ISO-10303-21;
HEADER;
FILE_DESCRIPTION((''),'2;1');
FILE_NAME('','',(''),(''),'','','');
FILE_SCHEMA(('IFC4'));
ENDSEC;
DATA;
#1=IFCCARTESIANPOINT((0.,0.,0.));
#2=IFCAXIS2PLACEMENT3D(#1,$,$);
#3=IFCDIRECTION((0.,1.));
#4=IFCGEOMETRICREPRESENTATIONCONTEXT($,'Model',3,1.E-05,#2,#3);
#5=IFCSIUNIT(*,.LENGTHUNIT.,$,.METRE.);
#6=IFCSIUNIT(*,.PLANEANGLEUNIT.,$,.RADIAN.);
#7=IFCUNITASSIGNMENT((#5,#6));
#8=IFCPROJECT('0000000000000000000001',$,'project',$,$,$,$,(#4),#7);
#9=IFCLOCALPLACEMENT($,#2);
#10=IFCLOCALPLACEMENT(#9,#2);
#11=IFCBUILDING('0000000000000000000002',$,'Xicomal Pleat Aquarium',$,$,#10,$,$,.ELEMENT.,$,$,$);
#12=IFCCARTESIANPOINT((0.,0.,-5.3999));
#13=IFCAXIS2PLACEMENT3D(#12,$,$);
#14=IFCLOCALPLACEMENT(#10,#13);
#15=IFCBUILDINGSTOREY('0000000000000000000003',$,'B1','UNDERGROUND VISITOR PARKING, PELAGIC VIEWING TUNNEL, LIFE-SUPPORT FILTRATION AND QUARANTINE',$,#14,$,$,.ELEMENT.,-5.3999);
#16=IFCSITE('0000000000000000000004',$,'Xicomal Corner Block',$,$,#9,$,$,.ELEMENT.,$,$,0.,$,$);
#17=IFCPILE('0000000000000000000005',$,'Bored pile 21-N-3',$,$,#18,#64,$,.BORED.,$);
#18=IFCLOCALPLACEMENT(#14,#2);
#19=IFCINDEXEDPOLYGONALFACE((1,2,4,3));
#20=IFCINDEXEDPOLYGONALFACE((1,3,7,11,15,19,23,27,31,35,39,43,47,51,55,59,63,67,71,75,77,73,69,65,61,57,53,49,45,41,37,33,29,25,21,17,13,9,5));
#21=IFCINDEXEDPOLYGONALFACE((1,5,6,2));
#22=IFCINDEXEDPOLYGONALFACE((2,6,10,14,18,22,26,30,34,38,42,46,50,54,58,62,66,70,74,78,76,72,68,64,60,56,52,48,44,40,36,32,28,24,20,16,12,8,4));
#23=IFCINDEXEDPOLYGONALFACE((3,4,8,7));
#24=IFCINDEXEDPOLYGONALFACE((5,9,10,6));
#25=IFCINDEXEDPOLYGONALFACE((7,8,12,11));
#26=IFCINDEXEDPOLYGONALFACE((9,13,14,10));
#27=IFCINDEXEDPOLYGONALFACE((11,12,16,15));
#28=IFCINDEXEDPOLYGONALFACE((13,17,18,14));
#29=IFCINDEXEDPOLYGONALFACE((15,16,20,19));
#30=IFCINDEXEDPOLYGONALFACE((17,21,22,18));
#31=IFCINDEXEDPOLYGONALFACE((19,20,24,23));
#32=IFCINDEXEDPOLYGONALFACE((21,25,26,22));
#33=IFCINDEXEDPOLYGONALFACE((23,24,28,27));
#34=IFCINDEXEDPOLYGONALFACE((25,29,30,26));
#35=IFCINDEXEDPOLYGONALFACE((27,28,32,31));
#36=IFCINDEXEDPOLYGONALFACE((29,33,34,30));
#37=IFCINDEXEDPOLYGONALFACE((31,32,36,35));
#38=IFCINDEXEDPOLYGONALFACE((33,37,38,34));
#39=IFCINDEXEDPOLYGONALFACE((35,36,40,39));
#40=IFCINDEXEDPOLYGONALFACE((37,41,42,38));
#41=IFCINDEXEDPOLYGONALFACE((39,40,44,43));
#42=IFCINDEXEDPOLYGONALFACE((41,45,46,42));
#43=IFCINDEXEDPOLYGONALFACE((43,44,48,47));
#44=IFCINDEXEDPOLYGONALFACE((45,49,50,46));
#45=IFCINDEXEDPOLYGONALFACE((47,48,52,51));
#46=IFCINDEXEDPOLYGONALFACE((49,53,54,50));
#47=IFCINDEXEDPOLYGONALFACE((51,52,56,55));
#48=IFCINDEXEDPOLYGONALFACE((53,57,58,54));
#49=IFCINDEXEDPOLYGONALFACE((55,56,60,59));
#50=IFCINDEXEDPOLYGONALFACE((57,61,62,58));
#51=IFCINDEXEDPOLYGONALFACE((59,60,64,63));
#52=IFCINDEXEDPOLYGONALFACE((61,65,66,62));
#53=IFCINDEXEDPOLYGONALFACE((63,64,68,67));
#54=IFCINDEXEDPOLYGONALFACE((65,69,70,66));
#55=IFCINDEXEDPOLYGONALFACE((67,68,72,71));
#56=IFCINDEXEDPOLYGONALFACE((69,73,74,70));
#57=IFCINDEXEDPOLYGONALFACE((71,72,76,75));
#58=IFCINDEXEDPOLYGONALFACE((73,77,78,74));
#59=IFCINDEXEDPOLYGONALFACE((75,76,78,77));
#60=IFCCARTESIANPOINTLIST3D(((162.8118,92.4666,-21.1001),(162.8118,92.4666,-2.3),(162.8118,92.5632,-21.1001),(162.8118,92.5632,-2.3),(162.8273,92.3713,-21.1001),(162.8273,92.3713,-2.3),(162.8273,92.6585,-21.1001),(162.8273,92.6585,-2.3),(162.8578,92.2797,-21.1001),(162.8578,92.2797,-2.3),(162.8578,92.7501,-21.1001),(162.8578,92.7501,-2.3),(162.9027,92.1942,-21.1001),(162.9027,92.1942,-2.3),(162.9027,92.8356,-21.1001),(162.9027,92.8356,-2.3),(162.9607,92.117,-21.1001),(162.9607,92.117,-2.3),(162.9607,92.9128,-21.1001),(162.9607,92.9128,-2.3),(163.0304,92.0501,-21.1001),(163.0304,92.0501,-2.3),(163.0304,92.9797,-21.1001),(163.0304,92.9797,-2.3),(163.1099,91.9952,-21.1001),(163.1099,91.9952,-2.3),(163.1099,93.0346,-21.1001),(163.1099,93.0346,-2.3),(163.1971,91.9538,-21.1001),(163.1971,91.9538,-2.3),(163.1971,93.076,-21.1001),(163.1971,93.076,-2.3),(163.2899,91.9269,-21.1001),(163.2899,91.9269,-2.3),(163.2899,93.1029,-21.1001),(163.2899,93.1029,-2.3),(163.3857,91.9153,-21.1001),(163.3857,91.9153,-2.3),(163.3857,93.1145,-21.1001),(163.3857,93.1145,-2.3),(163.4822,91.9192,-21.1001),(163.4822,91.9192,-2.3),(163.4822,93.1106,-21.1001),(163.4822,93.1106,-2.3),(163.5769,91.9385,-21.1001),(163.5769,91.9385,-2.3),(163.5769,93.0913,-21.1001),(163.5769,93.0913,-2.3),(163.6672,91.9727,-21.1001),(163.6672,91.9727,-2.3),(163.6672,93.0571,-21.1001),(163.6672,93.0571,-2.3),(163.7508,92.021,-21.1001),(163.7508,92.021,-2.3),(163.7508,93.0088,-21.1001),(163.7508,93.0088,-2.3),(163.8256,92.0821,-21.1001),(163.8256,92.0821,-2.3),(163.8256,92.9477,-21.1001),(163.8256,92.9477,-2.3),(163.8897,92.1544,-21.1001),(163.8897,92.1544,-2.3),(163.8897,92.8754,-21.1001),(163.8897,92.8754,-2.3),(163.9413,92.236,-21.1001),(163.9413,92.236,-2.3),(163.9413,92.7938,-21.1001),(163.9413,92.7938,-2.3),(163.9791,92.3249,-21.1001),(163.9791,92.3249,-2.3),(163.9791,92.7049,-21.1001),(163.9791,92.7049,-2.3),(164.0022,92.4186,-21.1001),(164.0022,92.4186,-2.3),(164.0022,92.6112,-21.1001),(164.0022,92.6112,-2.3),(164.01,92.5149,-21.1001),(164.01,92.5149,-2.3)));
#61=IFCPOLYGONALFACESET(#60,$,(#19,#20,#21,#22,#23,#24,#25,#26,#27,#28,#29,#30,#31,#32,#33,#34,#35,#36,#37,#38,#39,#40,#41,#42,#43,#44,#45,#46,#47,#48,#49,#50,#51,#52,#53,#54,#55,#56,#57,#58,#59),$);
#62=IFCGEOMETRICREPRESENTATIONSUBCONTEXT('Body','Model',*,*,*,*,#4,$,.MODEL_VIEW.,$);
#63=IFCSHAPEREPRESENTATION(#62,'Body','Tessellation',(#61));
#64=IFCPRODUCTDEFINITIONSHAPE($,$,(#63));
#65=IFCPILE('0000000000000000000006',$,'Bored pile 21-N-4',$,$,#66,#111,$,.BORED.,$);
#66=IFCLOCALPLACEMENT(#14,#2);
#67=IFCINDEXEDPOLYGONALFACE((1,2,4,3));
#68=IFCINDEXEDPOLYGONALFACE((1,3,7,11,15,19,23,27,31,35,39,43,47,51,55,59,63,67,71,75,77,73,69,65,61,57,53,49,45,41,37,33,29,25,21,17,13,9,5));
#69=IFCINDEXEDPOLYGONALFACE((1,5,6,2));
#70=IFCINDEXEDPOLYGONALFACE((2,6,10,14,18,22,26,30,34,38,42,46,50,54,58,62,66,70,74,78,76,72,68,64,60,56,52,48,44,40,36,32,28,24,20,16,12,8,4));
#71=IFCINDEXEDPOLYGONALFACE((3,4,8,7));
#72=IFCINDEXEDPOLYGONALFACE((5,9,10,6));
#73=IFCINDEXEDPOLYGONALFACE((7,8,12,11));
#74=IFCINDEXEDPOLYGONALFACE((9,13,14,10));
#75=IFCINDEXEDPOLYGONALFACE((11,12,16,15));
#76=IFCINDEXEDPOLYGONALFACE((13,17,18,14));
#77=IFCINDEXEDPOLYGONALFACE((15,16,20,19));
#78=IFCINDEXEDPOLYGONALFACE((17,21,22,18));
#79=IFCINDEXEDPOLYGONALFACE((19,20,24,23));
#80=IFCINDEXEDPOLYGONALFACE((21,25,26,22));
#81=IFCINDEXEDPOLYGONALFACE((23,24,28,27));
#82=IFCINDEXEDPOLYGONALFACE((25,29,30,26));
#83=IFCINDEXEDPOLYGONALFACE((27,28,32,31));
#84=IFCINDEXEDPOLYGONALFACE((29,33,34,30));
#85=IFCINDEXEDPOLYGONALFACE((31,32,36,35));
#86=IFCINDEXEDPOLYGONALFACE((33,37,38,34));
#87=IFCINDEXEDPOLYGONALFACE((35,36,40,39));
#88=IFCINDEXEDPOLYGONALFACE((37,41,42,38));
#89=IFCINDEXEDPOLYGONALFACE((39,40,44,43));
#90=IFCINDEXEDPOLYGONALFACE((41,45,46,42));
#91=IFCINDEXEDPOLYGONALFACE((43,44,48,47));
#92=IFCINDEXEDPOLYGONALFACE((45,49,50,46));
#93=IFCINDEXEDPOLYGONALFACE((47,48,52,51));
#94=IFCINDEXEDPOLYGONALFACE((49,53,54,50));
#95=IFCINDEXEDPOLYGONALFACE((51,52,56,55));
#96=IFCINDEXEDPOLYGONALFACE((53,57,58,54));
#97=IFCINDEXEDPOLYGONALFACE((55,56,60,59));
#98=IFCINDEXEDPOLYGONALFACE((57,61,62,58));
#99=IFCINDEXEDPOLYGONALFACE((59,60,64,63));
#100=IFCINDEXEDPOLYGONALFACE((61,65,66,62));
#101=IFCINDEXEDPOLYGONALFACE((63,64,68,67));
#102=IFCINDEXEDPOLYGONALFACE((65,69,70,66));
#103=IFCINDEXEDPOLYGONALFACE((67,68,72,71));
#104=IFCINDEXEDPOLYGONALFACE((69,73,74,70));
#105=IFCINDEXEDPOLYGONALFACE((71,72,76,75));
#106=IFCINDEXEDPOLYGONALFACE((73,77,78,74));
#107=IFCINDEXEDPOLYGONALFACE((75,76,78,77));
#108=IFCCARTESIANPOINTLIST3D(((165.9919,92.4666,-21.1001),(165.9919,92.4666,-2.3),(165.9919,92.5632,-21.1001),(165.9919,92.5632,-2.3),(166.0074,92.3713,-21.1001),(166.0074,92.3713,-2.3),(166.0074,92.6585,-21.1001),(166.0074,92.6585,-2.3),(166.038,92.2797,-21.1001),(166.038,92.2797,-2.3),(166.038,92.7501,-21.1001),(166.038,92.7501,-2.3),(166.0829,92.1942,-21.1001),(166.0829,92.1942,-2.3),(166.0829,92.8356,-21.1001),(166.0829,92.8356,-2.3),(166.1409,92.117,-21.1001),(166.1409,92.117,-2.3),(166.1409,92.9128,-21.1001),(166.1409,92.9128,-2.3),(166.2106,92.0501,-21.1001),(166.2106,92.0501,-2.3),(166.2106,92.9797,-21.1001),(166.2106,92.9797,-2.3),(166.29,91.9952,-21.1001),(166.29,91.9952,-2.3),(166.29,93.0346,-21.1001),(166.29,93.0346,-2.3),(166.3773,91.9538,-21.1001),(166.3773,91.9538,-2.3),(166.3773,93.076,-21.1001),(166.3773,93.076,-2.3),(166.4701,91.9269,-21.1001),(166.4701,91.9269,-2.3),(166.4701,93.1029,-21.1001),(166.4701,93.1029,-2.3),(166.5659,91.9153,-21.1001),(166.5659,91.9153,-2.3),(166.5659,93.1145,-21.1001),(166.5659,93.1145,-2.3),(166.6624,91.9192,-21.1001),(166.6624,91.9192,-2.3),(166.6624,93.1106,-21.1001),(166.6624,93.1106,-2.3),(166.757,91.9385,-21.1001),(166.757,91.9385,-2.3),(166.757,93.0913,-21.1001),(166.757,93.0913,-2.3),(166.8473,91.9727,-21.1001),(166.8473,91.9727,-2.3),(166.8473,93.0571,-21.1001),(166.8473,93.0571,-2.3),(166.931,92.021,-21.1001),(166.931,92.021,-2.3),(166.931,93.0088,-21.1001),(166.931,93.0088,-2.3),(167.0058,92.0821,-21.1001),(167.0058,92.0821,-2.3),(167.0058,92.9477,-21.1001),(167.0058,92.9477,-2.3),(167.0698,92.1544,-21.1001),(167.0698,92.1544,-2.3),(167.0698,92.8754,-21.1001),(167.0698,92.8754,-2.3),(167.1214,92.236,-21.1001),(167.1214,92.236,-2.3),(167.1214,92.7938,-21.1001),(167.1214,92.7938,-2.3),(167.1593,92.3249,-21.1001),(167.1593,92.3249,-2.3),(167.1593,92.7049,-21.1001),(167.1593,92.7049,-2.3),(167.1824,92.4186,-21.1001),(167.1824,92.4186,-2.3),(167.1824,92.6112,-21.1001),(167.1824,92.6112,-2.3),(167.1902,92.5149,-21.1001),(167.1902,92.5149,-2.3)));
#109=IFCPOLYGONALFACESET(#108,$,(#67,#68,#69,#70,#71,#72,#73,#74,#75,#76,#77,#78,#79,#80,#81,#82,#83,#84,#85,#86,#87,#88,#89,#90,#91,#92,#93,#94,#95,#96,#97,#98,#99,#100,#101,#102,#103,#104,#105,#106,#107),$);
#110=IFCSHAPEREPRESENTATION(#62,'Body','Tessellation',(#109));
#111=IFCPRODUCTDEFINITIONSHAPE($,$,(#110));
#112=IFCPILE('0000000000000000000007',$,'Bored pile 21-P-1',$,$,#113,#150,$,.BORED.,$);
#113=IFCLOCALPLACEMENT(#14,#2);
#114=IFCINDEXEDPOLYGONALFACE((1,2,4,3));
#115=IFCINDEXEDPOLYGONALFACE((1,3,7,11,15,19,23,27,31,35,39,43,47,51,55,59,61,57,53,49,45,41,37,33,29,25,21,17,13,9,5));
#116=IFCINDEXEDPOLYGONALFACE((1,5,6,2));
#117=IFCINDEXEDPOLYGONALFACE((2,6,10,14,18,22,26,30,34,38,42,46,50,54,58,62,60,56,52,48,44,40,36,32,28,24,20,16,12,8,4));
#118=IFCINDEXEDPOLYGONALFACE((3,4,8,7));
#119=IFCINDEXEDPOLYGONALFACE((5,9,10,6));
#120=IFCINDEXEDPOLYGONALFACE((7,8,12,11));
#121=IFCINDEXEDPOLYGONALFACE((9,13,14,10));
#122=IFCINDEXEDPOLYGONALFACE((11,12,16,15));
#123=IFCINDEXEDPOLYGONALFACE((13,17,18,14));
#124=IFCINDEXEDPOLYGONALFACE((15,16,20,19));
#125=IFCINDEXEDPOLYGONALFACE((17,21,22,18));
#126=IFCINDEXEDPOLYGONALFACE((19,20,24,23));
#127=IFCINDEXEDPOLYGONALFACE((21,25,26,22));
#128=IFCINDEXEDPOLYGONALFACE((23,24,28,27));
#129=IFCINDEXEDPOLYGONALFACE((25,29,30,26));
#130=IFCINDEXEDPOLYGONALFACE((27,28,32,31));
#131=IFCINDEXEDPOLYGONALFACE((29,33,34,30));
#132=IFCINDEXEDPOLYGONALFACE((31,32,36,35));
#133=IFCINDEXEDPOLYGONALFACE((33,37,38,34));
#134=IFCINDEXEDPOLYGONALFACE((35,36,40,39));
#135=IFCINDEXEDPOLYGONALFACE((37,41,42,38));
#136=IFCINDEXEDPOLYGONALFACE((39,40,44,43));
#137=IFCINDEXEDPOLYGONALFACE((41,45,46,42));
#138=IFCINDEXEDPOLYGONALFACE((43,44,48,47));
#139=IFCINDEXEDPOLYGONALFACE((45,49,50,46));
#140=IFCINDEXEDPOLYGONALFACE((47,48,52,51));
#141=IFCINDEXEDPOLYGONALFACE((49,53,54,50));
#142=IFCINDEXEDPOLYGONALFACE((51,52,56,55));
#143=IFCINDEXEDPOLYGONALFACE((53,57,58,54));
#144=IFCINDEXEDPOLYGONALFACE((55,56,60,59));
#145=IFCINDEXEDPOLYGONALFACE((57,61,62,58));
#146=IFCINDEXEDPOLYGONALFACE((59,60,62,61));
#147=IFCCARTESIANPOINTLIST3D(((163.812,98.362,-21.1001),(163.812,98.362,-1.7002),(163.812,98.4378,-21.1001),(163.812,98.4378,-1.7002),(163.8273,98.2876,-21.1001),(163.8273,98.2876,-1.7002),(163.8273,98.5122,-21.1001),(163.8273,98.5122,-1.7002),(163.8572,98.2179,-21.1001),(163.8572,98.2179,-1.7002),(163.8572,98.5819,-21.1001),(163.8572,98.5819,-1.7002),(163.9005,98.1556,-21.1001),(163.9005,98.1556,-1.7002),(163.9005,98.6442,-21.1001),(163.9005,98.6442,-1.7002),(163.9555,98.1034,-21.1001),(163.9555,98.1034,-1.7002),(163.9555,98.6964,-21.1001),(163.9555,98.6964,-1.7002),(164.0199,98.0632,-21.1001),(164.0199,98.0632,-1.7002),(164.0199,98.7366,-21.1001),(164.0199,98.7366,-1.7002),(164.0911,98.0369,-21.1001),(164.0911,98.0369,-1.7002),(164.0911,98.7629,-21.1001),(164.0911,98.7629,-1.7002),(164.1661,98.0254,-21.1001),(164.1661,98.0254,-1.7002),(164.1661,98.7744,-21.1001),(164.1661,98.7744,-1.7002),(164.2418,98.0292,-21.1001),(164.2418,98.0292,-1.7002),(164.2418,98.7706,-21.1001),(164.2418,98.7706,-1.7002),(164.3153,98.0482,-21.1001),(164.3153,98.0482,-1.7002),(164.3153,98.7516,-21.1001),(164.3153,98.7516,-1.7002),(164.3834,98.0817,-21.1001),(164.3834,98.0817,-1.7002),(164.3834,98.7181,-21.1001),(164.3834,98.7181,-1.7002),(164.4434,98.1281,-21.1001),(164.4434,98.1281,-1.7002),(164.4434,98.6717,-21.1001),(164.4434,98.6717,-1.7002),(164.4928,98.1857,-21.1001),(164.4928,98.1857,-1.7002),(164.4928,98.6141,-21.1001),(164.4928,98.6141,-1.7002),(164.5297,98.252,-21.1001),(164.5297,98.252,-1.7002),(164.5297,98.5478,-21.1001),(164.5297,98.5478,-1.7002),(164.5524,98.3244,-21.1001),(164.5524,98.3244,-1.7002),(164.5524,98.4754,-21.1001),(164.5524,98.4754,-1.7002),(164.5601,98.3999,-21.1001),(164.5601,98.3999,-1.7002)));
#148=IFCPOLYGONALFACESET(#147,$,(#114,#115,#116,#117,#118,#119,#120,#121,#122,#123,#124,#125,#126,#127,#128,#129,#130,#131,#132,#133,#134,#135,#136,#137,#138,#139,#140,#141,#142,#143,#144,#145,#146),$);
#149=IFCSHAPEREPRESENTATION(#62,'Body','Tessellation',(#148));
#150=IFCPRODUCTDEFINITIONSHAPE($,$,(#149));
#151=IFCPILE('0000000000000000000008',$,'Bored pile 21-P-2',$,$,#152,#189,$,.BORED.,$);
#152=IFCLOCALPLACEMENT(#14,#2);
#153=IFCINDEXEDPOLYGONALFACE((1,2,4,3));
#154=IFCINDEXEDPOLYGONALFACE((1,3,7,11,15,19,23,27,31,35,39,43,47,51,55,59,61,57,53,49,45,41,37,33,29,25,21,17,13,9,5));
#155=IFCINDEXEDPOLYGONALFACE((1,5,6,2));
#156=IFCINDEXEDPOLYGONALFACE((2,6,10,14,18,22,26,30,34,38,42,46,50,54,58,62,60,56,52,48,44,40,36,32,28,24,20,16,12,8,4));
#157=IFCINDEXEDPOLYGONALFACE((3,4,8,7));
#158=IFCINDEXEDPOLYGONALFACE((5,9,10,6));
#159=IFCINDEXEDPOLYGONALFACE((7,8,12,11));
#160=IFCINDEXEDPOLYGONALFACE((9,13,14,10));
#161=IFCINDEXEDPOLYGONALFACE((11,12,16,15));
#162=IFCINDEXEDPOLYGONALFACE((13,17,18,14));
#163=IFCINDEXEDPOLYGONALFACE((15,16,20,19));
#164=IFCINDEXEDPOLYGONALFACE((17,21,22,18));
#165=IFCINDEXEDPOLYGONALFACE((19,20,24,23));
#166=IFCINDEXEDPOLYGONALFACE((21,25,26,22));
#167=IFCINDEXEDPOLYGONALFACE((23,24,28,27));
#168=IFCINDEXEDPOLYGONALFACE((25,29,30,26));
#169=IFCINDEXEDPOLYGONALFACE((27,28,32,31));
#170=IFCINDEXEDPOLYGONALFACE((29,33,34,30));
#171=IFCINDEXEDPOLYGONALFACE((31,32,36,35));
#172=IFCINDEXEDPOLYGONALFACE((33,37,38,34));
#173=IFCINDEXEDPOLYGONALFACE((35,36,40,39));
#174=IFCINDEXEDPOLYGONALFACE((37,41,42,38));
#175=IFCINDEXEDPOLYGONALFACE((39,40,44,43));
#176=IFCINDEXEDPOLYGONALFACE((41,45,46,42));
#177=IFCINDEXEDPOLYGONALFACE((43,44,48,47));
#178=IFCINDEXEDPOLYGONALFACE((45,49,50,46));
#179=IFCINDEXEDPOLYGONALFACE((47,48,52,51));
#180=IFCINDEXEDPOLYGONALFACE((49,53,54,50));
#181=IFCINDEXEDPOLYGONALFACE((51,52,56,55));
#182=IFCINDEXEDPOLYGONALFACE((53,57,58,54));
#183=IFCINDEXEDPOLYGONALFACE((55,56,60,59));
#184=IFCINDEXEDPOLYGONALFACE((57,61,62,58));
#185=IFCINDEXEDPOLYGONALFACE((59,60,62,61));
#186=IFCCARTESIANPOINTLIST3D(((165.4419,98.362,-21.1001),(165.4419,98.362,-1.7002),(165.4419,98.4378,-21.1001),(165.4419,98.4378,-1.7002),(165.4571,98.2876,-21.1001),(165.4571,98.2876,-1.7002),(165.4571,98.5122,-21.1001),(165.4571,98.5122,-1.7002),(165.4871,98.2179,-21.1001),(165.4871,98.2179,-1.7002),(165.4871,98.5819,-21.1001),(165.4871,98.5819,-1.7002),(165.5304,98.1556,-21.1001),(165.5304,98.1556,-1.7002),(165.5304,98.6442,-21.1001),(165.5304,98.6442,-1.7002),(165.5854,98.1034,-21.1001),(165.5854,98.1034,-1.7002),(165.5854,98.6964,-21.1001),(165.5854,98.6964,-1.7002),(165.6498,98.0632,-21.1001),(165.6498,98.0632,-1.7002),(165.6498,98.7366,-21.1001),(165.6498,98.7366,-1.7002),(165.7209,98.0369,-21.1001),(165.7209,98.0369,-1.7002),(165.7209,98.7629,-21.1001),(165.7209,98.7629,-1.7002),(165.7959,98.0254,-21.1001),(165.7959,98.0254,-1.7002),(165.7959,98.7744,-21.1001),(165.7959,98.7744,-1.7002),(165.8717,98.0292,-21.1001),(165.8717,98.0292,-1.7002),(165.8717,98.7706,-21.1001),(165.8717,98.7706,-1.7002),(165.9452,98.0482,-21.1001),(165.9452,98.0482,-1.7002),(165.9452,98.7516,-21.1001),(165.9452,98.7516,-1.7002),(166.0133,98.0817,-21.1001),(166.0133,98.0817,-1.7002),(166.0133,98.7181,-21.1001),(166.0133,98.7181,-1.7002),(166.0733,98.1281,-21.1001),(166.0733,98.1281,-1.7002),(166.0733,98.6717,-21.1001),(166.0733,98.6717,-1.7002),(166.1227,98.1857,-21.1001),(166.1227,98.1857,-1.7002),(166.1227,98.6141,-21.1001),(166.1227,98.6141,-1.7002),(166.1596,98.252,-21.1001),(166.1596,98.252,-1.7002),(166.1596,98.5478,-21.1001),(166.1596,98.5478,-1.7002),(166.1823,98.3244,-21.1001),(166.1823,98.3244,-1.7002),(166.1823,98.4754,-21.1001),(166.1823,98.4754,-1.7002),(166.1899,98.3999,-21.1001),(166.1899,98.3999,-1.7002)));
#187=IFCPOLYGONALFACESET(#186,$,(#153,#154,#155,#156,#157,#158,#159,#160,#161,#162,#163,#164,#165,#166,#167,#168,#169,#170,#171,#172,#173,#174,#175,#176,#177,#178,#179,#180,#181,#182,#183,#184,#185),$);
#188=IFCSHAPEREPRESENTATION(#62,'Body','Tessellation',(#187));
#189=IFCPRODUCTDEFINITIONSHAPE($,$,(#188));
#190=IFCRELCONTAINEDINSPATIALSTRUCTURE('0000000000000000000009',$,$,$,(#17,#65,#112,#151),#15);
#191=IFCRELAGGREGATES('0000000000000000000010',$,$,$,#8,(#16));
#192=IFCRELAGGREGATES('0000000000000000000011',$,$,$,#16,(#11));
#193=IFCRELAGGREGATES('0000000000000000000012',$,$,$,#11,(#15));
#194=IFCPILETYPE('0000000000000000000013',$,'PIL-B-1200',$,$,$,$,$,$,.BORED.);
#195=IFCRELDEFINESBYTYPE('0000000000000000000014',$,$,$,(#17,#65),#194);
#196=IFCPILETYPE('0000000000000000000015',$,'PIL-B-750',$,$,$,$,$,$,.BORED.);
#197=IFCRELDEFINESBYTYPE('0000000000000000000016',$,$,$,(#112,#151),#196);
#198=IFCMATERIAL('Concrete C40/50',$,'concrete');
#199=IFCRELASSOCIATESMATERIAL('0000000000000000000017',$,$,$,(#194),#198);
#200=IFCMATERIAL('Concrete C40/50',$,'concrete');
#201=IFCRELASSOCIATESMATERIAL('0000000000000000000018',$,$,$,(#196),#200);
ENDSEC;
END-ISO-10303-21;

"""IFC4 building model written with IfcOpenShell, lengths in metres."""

from ifc_helpers import new_model, si_unit, direction, frame, origin, origin_2d, place, context, subcontext, project, spatial, circle, extrude, material, material_profile, profile_set, type_object, element, save


model = new_model("IFC4")

# Units and contexts
model_context = context("Model", 3, precision=1e-05, world=origin(), true_north=direction((0.0, 1.0)))
body_context = subcontext(model_context, "Body", "Model", "MODEL_VIEW")
ifc_project = project(units=[si_unit("LENGTHUNIT", "METRE"), si_unit("PLANEANGLEUNIT", "RADIAN")], contexts=[model_context])

# Site, building, storey
site_placement = place(None, origin())
site = spatial("IfcSite", under=ifc_project, at=site_placement, Name="Xicomal Corner Block", CompositionType="ELEMENT", RefElevation=0.0)
building_placement = place(site_placement, origin())
building = spatial("IfcBuilding", under=site, at=building_placement, Name="Xicomal Pleat Aquarium", CompositionType="ELEMENT")
storey_placement = place(building_placement, frame((0.0, 0.0, -5.3999)))
storey = spatial("IfcBuildingStorey", under=building, at=storey_placement, Name="B1", Description="UNDERGROUND VISITOR PARKING, PELAGIC VIEWING TUNNEL, LIFE-SUPPORT FILTRATION AND QUARANTINE", CompositionType="ELEMENT", Elevation=-5.3999)

# Piles
ifc_material_1 = material(Name="Concrete C40/50", Category="concrete")
ifc_material_profile_1 = material_profile(ifc_material_1, circle(Radius=0.6001, at=origin_2d()), Name="BORED PILE D1200")
ifc_profile_set_1 = profile_set([ifc_material_profile_1], Name="Concrete C40/50")
pile_type_1 = type_object("IfcPileType", Name="PIL-B-1200", PredefinedType="BORED", material=ifc_profile_set_1)
for number, where, z_axis, x_axis, name in (
    (1, (163.4099, 92.5149, -2.3), (0.0, 0.0, -1.0), (1.0, 0.0, 0.0), "Bored pile 21-N-3"),
    (2, (166.5901, 92.5149, -2.3), (0.0, 0.0, -1.0), (1.0, 0.0, 0.0), "Bored pile 21-N-4"),
):
    element("IfcPile", number, at=place(storey_placement, frame(where, z_axis=z_axis, x_axis=x_axis)), inside=storey, type_object=pile_type_1, Name=name, PredefinedType="BORED", context=body_context, shape_type="SweptSolid", body=[
        extrude(circle(Radius=0.6001, at=origin_2d()), origin(), (0.0, 0.0, 1.0), 18.8),
    ])
ifc_material_2 = material(Name="Concrete C40/50", Category="concrete")
ifc_material_profile_2 = material_profile(ifc_material_2, circle(Radius=0.375, at=origin_2d()), Name="BORED PILE D750")
ifc_profile_set_2 = profile_set([ifc_material_profile_2], Name="Concrete C40/50")
pile_type_2 = type_object("IfcPileType", Name="PIL-B-750", PredefinedType="BORED", material=ifc_profile_set_2)
for number, where, z_axis, x_axis, name in (
    (3, (164.1851, 98.3999, -1.7002), (0.0, 0.0, -1.0), (1.0, 0.0, 0.0), "Bored pile 21-P-1"),
    (4, (165.8149, 98.3999, -1.7002), (0.0, 0.0, -1.0), (1.0, 0.0, 0.0), "Bored pile 21-P-2"),
):
    element("IfcPile", number, at=place(storey_placement, frame(where, z_axis=z_axis, x_axis=x_axis)), inside=storey, type_object=pile_type_2, Name=name, PredefinedType="BORED", context=body_context, shape_type="SweptSolid", body=[
        extrude(circle(Radius=0.375, at=origin_2d()), origin(), (0.0, 0.0, 1.0), 19.3999),
    ])

save(model, "model.ifc")
